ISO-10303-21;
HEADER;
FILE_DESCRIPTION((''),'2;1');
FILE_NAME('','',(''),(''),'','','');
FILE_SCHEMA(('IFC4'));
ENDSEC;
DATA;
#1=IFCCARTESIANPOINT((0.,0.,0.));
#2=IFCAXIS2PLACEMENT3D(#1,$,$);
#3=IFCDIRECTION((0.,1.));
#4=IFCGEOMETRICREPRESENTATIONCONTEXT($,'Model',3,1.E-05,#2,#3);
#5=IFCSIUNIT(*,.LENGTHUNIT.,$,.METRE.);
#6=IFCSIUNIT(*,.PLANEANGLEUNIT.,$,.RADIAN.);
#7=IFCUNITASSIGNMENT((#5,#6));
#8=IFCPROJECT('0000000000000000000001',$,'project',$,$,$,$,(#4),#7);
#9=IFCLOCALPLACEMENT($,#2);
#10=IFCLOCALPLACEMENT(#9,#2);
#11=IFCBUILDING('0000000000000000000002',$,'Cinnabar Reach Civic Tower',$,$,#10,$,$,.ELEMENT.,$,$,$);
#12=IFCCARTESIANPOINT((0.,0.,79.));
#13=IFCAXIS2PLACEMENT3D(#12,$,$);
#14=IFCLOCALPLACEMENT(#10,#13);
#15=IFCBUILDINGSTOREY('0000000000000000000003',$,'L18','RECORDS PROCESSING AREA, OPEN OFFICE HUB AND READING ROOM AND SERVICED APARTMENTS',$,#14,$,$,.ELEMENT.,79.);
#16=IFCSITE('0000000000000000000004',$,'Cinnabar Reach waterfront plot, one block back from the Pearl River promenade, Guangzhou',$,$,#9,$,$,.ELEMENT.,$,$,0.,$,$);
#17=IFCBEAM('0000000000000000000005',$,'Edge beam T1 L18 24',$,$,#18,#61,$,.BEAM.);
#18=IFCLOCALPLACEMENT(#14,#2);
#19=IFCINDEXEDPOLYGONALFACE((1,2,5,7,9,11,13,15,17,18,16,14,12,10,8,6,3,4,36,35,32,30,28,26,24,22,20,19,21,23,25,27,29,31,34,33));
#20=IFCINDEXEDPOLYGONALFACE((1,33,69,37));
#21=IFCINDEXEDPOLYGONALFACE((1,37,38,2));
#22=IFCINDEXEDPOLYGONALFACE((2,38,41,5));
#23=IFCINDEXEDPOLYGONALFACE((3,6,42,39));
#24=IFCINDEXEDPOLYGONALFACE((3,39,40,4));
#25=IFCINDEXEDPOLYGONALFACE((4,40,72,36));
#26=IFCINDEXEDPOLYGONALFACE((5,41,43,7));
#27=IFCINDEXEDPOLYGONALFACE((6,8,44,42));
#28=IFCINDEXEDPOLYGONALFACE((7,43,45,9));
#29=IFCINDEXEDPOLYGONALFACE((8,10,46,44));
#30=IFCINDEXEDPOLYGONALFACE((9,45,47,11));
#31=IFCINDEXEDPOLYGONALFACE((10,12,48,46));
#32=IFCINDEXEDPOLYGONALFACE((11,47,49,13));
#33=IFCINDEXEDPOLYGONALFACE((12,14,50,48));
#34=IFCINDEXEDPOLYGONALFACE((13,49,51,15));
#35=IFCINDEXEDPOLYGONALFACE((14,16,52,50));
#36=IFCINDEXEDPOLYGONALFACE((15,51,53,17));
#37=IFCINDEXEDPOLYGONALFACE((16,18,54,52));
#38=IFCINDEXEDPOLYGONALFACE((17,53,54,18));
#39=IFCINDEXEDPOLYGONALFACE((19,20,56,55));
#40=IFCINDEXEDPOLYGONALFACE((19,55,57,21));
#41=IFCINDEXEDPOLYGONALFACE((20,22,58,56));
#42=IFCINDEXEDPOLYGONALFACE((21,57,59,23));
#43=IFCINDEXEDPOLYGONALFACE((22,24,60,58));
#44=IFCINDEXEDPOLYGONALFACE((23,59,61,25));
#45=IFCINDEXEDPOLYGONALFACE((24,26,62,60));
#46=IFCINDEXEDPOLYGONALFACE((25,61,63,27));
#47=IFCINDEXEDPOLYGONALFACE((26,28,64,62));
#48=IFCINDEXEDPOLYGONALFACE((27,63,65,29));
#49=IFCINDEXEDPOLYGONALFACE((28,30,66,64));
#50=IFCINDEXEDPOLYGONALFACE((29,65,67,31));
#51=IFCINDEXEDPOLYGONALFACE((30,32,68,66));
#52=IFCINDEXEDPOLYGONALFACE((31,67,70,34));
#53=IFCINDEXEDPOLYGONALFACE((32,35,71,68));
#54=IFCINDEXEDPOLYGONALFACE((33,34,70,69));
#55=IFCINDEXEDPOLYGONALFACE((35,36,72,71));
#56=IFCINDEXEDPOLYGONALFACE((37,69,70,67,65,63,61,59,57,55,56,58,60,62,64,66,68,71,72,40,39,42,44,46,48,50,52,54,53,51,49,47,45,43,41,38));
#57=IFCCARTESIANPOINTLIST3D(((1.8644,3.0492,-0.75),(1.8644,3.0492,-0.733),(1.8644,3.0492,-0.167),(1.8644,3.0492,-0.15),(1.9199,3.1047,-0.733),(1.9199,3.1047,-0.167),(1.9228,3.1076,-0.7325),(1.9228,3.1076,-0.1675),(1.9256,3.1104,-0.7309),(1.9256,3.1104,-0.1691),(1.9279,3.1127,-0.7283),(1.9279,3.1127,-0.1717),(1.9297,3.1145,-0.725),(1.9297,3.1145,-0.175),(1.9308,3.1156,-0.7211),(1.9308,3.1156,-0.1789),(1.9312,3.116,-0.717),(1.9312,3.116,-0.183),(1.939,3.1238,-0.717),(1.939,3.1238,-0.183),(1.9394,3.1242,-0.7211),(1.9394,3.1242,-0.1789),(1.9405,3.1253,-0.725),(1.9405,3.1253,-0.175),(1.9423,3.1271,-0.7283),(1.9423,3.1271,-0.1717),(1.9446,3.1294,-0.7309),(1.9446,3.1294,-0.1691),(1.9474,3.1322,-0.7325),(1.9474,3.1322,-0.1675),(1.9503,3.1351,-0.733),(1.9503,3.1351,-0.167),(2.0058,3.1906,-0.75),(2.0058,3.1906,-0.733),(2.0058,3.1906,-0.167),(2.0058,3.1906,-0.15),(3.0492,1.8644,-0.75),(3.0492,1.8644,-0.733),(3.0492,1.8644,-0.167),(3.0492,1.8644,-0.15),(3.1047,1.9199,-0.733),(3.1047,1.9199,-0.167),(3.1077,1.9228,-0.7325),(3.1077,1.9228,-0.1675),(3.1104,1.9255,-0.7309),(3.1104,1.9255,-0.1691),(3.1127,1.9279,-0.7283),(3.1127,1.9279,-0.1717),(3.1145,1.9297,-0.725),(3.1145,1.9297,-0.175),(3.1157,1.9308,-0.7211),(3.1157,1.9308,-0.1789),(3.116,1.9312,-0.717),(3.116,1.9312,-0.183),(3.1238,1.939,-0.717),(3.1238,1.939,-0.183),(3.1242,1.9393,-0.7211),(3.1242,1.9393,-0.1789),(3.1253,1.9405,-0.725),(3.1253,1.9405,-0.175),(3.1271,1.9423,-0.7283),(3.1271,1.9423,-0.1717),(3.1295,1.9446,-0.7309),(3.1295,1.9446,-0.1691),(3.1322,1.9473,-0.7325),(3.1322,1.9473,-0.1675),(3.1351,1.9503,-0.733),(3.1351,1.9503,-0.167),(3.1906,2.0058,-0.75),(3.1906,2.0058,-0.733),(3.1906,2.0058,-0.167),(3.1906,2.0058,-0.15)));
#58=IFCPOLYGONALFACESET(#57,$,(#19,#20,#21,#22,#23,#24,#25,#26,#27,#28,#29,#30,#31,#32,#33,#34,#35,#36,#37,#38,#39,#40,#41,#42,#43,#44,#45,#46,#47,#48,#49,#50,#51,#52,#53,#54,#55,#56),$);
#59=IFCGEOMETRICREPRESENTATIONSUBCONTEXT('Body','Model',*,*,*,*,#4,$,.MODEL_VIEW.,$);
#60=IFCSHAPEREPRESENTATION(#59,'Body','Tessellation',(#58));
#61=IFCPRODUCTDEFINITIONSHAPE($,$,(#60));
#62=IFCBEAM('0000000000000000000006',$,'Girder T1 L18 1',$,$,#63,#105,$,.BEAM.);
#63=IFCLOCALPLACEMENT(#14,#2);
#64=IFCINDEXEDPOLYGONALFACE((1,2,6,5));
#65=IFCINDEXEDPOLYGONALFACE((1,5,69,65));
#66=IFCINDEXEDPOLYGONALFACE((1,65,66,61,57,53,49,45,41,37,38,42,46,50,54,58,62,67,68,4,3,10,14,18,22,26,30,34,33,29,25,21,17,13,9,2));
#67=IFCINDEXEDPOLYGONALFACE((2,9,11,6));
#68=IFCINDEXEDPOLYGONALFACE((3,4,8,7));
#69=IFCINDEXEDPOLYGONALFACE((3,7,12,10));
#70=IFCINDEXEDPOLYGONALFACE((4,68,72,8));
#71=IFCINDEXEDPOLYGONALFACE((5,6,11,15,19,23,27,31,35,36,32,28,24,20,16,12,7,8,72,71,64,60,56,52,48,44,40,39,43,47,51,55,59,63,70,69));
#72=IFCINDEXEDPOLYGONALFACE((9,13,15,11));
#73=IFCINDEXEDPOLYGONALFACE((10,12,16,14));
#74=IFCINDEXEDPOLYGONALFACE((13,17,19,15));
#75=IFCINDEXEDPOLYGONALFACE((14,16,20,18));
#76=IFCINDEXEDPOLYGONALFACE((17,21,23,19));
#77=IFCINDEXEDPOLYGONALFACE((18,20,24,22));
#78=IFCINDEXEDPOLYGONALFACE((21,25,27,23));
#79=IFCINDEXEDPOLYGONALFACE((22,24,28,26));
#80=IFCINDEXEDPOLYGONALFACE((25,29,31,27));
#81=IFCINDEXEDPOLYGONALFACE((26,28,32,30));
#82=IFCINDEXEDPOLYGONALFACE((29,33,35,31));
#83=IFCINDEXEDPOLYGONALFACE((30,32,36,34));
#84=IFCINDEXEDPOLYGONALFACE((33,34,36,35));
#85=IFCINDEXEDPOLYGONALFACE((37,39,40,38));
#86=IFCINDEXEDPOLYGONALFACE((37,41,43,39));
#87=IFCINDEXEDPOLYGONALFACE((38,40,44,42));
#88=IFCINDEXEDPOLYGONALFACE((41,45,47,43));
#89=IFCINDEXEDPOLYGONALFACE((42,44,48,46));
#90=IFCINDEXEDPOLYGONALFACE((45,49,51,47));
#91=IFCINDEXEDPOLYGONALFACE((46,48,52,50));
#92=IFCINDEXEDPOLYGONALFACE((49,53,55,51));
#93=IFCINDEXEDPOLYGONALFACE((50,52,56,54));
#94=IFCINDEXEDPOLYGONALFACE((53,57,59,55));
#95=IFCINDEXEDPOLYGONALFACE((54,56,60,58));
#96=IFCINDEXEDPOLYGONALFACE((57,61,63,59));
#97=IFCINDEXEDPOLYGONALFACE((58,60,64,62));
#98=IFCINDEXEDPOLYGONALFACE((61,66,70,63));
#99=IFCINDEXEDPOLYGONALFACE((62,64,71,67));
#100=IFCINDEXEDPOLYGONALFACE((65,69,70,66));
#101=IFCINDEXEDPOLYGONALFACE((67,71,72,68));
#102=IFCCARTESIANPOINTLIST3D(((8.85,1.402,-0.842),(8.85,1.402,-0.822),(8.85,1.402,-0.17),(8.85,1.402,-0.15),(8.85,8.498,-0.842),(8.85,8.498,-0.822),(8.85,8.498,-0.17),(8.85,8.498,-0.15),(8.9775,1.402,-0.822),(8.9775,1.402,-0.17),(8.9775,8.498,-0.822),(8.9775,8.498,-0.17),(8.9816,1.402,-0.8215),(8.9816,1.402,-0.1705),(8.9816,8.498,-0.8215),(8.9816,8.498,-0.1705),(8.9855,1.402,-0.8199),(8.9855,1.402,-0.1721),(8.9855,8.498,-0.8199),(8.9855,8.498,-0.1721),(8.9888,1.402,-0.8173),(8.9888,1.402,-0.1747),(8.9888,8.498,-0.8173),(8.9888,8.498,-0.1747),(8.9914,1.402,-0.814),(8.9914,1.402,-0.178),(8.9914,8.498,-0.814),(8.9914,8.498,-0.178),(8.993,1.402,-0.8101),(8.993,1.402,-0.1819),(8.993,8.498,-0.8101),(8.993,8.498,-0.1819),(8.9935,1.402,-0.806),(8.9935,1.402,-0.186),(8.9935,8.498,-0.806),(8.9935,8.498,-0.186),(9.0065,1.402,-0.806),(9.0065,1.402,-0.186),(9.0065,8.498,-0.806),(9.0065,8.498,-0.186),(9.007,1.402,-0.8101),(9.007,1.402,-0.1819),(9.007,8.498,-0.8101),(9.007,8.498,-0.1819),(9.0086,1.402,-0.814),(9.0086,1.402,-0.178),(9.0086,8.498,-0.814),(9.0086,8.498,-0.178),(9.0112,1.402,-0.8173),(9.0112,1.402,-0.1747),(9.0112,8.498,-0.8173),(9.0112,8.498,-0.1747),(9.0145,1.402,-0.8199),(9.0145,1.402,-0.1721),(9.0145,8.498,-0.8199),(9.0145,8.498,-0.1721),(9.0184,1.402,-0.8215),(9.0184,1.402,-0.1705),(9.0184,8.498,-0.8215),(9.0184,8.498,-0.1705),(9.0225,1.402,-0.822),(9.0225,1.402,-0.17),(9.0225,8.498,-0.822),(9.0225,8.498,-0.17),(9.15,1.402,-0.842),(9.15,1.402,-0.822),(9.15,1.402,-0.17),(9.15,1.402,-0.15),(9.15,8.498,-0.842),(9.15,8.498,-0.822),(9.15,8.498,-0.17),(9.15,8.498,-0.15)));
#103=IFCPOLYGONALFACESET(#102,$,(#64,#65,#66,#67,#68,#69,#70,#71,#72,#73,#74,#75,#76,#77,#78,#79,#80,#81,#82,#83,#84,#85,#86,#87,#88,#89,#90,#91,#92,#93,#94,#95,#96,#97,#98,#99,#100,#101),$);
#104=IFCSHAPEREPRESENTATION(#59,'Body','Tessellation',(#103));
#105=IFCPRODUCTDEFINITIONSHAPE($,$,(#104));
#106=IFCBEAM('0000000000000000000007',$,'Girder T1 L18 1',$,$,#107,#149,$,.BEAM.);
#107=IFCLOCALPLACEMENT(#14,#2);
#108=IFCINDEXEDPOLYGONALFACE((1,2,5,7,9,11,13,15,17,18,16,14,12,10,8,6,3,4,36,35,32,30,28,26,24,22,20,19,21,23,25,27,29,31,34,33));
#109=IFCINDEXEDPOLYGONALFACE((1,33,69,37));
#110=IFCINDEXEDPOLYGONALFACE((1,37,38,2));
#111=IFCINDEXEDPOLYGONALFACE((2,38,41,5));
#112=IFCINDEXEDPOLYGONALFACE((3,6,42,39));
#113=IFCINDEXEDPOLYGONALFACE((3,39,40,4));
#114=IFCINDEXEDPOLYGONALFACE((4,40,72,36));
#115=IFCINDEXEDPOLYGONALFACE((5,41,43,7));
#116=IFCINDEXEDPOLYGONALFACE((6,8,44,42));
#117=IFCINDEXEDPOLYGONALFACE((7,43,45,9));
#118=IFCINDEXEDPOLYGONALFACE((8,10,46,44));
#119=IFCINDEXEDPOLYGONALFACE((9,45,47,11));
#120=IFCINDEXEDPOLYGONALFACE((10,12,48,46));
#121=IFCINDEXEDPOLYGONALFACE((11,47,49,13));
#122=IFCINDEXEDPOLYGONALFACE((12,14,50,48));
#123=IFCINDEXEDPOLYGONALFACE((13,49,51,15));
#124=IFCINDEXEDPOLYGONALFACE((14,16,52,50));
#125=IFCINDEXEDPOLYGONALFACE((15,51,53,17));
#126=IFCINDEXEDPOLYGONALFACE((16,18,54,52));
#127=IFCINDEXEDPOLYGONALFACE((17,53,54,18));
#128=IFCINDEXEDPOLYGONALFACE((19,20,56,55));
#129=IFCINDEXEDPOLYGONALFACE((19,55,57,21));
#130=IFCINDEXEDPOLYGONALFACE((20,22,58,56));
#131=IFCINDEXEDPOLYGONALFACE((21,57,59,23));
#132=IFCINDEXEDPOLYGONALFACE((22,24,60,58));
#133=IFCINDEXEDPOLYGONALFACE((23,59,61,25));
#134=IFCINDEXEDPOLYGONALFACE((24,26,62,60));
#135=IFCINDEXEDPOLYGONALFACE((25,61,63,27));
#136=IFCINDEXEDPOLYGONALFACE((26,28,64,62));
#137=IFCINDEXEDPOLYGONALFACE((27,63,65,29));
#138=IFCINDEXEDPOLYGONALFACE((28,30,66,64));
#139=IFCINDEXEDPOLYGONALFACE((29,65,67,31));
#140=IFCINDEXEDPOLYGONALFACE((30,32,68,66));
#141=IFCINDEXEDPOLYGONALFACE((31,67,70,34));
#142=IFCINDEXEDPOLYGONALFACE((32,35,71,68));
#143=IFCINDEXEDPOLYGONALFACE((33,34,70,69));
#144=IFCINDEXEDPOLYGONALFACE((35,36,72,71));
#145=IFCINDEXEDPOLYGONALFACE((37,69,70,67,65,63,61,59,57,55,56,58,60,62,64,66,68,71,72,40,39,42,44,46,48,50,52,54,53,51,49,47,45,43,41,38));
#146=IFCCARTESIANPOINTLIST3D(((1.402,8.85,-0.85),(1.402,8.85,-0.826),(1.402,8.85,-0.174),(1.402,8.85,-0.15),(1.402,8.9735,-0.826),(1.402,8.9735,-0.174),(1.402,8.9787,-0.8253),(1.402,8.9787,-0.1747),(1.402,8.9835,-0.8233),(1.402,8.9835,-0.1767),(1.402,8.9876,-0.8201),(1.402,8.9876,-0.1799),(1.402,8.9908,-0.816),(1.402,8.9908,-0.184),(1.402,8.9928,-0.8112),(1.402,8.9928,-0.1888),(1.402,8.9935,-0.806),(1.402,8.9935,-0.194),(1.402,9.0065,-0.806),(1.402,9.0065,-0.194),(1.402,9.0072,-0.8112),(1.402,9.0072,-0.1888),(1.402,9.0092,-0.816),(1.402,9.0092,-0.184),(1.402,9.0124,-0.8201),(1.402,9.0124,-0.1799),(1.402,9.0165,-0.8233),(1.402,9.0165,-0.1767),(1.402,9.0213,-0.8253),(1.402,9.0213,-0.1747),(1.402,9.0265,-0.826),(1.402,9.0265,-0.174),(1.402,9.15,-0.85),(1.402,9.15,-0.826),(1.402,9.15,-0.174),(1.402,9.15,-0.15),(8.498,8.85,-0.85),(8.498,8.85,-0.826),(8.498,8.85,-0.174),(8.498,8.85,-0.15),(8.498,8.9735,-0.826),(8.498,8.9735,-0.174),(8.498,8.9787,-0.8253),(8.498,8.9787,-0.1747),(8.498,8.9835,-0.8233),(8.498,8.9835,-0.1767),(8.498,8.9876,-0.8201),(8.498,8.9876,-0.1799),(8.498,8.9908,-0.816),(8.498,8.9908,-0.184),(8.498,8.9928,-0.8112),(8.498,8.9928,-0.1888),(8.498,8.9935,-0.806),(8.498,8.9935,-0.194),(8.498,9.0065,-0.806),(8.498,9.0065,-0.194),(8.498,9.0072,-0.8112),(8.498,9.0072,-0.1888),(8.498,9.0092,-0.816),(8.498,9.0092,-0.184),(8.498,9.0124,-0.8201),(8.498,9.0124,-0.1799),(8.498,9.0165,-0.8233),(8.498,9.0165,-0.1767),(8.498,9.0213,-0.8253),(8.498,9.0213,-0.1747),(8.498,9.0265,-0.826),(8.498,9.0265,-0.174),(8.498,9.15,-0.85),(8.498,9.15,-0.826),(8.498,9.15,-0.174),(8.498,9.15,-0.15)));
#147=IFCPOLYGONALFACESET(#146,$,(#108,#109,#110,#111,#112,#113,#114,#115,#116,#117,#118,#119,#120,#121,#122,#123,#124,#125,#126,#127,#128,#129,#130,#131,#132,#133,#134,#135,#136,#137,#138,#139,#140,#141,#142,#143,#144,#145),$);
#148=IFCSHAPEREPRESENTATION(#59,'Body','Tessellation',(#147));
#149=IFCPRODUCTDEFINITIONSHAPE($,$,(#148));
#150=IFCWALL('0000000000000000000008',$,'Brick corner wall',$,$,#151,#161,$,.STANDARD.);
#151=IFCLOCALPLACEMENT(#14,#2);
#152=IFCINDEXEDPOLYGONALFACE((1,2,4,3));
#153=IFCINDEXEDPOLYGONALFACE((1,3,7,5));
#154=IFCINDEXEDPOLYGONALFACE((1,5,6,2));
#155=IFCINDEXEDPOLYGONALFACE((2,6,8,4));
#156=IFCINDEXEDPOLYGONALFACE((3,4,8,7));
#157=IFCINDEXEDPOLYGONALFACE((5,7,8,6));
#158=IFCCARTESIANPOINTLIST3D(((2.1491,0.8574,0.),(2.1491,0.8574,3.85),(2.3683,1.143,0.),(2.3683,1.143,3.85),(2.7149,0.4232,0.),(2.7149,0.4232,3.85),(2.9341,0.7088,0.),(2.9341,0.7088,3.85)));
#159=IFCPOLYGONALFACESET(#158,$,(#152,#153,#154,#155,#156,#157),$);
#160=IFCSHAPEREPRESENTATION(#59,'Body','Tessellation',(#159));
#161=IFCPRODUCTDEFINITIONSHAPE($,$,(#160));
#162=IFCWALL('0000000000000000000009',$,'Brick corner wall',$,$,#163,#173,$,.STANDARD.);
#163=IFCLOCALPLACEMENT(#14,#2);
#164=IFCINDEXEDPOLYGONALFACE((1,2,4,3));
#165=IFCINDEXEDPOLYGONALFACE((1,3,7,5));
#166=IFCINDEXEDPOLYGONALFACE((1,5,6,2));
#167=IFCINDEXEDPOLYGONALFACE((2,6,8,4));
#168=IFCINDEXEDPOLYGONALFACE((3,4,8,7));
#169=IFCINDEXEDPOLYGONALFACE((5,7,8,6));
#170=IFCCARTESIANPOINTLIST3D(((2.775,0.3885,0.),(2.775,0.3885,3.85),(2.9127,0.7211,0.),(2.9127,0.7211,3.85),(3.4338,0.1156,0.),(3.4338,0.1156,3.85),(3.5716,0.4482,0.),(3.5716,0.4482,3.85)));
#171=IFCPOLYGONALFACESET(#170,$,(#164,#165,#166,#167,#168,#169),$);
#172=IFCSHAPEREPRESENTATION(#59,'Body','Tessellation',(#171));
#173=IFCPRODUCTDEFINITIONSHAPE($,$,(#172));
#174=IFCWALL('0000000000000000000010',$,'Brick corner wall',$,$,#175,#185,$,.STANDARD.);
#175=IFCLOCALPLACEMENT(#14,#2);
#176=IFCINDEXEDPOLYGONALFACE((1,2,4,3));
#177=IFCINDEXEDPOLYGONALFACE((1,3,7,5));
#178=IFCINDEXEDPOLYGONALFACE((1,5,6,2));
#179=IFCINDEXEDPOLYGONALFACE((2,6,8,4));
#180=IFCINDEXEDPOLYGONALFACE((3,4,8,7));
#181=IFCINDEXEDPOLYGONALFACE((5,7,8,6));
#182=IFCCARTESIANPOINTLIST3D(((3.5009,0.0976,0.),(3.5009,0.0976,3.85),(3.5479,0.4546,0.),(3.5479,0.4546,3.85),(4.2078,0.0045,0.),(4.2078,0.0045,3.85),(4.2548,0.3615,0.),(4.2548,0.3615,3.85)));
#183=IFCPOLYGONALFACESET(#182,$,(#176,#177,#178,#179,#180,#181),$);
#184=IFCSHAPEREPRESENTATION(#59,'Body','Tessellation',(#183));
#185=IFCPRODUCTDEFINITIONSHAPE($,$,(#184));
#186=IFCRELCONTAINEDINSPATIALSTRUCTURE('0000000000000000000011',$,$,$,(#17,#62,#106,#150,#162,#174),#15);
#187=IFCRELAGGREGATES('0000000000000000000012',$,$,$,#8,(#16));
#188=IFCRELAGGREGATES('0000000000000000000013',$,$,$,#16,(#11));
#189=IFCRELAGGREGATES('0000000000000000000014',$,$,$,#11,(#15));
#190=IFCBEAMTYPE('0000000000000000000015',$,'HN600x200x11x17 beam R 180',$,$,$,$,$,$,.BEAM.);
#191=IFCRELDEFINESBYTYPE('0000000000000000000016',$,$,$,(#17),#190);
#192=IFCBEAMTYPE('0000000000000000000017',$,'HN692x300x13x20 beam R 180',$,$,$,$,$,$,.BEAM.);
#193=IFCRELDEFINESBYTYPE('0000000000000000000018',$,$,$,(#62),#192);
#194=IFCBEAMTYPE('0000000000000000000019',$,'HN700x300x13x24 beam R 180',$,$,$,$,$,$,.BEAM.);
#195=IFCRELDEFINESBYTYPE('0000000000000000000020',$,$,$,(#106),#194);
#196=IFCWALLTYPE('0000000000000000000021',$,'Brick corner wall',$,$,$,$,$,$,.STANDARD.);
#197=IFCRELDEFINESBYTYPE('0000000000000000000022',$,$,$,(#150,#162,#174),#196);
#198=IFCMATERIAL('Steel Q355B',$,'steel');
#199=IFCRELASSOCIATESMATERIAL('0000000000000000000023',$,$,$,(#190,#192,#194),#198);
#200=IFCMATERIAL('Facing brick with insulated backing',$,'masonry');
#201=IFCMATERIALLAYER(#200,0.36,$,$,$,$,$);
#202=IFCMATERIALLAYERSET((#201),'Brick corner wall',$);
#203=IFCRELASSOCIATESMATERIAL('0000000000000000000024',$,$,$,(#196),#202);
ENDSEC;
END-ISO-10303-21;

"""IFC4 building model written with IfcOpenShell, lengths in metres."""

from ifc_helpers import new_model, si_unit, direction, frame, frame_2d, origin, origin_2d, place, context, subcontext, project, spatial, rectangle, i_section, extrude, material, layer, layer_set, material_profile, profile_set, type_object, element, save


model = new_model("IFC4")

# Units and contexts
model_context = context("Model", 3, precision=1e-05, world=origin(), true_north=direction((0.0, 1.0)))
body_context = subcontext(model_context, "Body", "Model", "MODEL_VIEW")
ifc_project = project(units=[si_unit("LENGTHUNIT", "METRE"), si_unit("PLANEANGLEUNIT", "RADIAN")], contexts=[model_context])

# Site, building, storey
site_placement = place(None, origin())
site = spatial("IfcSite", under=ifc_project, at=site_placement, Name="Cinnabar Reach waterfront plot, one block back from the Pearl River promenade, Guangzhou", CompositionType="ELEMENT", RefElevation=0.0)
building_placement = place(site_placement, origin())
building = spatial("IfcBuilding", under=site, at=building_placement, Name="Cinnabar Reach Civic Tower", CompositionType="ELEMENT")
storey_placement = place(building_placement, frame((0.0, 0.0, 79.0)))
storey = spatial("IfcBuildingStorey", under=building, at=storey_placement, Name="L18", Description="RECORDS PROCESSING AREA, OPEN OFFICE HUB AND READING ROOM AND SERVICED APARTMENTS", CompositionType="ELEMENT", Elevation=79.0)

# Beams
ifc_material_1 = material(Name="Steel Q355B", Category="steel")
ifc_material_profile_1 = material_profile(ifc_material_1, i_section(OverallWidth=0.2, OverallDepth=0.6, WebThickness=0.011, FlangeThickness=0.017, FilletRadius=0.016, at=origin_2d()), Name="HN600x200x11x17")
ifc_profile_set_1 = profile_set([ifc_material_profile_1], Name="Steel Q355B")
beam_type_1 = type_object("IfcBeamType", Name="HN600x200x11x17 beam R 180", PredefinedType="BEAM", material=ifc_profile_set_1)
beam_1_placement = place(storey_placement, frame((1.9351, 3.1199, -0.45), z_axis=(0.707107, -0.707107, 0.0), x_axis=(0.707107, 0.707107, 0.0)))
element("IfcBeam", 1, at=beam_1_placement, inside=storey, type_object=beam_type_1, Name="Edge beam T1 L18 24", PredefinedType="BEAM", context=body_context, shape_type="SweptSolid", body=[
    extrude(i_section(OverallWidth=0.2, OverallDepth=0.6, WebThickness=0.011, FlangeThickness=0.017, FilletRadius=0.016, at=origin_2d()), origin(), (0.0, 0.0, 1.0), 1.6756),
])
ifc_material_profile_2 = material_profile(ifc_material_1, i_section(OverallWidth=0.3, OverallDepth=0.692, WebThickness=0.013, FlangeThickness=0.02, FilletRadius=0.016, at=origin_2d()), Name="HN692x300x13x20")
ifc_profile_set_2 = profile_set([ifc_material_profile_2], Name="Steel Q355B")
beam_type_2 = type_object("IfcBeamType", Name="HN692x300x13x20 beam R 180", PredefinedType="BEAM", material=ifc_profile_set_2)
beam_2_placement = place(storey_placement, frame((9.0, 1.402, -0.496), z_axis=(0.0, 1.0, 0.0), x_axis=(-1.0, 0.0, 0.0)))
element("IfcBeam", 2, at=beam_2_placement, inside=storey, type_object=beam_type_2, Name="Girder T1 L18 1", PredefinedType="BEAM", context=body_context, shape_type="SweptSolid", body=[
    extrude(i_section(OverallWidth=0.3, OverallDepth=0.692, WebThickness=0.013, FlangeThickness=0.02, FilletRadius=0.016, at=origin_2d()), origin(), (0.0, 0.0, 1.0), 7.096),
])
ifc_material_profile_3 = material_profile(ifc_material_1, i_section(OverallWidth=0.3, OverallDepth=0.7, WebThickness=0.013, FlangeThickness=0.024, FilletRadius=0.02, at=origin_2d()), Name="HN700x300x13x24")
ifc_profile_set_3 = profile_set([ifc_material_profile_3], Name="Steel Q355B")
beam_type_3 = type_object("IfcBeamType", Name="HN700x300x13x24 beam R 180", PredefinedType="BEAM", material=ifc_profile_set_3)
beam_3_placement = place(storey_placement, frame((1.402, 9.0, -0.5), z_axis=(1.0, 0.0, 0.0), x_axis=(0.0, 1.0, 0.0)))
element("IfcBeam", 3, at=beam_3_placement, inside=storey, type_object=beam_type_3, Name="Girder T1 L18 1", PredefinedType="BEAM", context=body_context, shape_type="SweptSolid", body=[
    extrude(i_section(OverallWidth=0.3, OverallDepth=0.7, WebThickness=0.013, FlangeThickness=0.024, FilletRadius=0.02, at=origin_2d()), origin(), (0.0, 0.0, 1.0), 7.096),
])

# Walls
ifc_material_2 = material(Name="Facing brick with insulated backing", Category="masonry")
ifc_layer_1 = layer(ifc_material_2, 0.36)
ifc_layer_set_1 = layer_set([ifc_layer_1], Name="Brick corner wall")
wall_type_1 = type_object("IfcWallType", Name="Brick corner wall", PredefinedType="STANDARD", material=ifc_layer_set_1)
wall_1_placement = place(storey_placement, frame((2.2587, 1.0002, 0.0), z_axis=(0.0, 0.0, 1.0), x_axis=(0.793322, -0.608802, 0.0)))
element("IfcWall", 4, at=wall_1_placement, inside=storey, type_object=wall_type_1, Name="Brick corner wall", PredefinedType="STANDARD", context=body_context, shape_type="SweptSolid", body=[
    extrude(rectangle(XDim=0.7132, YDim=0.36, at=frame_2d((0.3566, 0.0))), origin(), (0.0, 0.0, 1.0), 3.85),
])
for number, where, z_axis, x_axis, name in (
    (5, (2.8439, 0.5548, 0.0), (0.0, 0.0, 1.0), (0.923872, -0.382703, 0.0), "Brick corner wall"),
    (6, (3.5244, 0.2761, 0.0), (0.0, 0.0, 1.0), (0.991441, -0.130556, 0.0), "Brick corner wall"),
):
    element("IfcWall", number, at=place(storey_placement, frame(where, z_axis=z_axis, x_axis=x_axis)), inside=storey, type_object=wall_type_1, Name=name, PredefinedType="STANDARD", context=body_context, shape_type="SweptSolid", body=[
        extrude(rectangle(XDim=0.7131, YDim=0.36, at=frame_2d((0.3565, 0.0))), origin(), (0.0, 0.0, 1.0), 3.85),
    ])

save(model, "model.ifc")
